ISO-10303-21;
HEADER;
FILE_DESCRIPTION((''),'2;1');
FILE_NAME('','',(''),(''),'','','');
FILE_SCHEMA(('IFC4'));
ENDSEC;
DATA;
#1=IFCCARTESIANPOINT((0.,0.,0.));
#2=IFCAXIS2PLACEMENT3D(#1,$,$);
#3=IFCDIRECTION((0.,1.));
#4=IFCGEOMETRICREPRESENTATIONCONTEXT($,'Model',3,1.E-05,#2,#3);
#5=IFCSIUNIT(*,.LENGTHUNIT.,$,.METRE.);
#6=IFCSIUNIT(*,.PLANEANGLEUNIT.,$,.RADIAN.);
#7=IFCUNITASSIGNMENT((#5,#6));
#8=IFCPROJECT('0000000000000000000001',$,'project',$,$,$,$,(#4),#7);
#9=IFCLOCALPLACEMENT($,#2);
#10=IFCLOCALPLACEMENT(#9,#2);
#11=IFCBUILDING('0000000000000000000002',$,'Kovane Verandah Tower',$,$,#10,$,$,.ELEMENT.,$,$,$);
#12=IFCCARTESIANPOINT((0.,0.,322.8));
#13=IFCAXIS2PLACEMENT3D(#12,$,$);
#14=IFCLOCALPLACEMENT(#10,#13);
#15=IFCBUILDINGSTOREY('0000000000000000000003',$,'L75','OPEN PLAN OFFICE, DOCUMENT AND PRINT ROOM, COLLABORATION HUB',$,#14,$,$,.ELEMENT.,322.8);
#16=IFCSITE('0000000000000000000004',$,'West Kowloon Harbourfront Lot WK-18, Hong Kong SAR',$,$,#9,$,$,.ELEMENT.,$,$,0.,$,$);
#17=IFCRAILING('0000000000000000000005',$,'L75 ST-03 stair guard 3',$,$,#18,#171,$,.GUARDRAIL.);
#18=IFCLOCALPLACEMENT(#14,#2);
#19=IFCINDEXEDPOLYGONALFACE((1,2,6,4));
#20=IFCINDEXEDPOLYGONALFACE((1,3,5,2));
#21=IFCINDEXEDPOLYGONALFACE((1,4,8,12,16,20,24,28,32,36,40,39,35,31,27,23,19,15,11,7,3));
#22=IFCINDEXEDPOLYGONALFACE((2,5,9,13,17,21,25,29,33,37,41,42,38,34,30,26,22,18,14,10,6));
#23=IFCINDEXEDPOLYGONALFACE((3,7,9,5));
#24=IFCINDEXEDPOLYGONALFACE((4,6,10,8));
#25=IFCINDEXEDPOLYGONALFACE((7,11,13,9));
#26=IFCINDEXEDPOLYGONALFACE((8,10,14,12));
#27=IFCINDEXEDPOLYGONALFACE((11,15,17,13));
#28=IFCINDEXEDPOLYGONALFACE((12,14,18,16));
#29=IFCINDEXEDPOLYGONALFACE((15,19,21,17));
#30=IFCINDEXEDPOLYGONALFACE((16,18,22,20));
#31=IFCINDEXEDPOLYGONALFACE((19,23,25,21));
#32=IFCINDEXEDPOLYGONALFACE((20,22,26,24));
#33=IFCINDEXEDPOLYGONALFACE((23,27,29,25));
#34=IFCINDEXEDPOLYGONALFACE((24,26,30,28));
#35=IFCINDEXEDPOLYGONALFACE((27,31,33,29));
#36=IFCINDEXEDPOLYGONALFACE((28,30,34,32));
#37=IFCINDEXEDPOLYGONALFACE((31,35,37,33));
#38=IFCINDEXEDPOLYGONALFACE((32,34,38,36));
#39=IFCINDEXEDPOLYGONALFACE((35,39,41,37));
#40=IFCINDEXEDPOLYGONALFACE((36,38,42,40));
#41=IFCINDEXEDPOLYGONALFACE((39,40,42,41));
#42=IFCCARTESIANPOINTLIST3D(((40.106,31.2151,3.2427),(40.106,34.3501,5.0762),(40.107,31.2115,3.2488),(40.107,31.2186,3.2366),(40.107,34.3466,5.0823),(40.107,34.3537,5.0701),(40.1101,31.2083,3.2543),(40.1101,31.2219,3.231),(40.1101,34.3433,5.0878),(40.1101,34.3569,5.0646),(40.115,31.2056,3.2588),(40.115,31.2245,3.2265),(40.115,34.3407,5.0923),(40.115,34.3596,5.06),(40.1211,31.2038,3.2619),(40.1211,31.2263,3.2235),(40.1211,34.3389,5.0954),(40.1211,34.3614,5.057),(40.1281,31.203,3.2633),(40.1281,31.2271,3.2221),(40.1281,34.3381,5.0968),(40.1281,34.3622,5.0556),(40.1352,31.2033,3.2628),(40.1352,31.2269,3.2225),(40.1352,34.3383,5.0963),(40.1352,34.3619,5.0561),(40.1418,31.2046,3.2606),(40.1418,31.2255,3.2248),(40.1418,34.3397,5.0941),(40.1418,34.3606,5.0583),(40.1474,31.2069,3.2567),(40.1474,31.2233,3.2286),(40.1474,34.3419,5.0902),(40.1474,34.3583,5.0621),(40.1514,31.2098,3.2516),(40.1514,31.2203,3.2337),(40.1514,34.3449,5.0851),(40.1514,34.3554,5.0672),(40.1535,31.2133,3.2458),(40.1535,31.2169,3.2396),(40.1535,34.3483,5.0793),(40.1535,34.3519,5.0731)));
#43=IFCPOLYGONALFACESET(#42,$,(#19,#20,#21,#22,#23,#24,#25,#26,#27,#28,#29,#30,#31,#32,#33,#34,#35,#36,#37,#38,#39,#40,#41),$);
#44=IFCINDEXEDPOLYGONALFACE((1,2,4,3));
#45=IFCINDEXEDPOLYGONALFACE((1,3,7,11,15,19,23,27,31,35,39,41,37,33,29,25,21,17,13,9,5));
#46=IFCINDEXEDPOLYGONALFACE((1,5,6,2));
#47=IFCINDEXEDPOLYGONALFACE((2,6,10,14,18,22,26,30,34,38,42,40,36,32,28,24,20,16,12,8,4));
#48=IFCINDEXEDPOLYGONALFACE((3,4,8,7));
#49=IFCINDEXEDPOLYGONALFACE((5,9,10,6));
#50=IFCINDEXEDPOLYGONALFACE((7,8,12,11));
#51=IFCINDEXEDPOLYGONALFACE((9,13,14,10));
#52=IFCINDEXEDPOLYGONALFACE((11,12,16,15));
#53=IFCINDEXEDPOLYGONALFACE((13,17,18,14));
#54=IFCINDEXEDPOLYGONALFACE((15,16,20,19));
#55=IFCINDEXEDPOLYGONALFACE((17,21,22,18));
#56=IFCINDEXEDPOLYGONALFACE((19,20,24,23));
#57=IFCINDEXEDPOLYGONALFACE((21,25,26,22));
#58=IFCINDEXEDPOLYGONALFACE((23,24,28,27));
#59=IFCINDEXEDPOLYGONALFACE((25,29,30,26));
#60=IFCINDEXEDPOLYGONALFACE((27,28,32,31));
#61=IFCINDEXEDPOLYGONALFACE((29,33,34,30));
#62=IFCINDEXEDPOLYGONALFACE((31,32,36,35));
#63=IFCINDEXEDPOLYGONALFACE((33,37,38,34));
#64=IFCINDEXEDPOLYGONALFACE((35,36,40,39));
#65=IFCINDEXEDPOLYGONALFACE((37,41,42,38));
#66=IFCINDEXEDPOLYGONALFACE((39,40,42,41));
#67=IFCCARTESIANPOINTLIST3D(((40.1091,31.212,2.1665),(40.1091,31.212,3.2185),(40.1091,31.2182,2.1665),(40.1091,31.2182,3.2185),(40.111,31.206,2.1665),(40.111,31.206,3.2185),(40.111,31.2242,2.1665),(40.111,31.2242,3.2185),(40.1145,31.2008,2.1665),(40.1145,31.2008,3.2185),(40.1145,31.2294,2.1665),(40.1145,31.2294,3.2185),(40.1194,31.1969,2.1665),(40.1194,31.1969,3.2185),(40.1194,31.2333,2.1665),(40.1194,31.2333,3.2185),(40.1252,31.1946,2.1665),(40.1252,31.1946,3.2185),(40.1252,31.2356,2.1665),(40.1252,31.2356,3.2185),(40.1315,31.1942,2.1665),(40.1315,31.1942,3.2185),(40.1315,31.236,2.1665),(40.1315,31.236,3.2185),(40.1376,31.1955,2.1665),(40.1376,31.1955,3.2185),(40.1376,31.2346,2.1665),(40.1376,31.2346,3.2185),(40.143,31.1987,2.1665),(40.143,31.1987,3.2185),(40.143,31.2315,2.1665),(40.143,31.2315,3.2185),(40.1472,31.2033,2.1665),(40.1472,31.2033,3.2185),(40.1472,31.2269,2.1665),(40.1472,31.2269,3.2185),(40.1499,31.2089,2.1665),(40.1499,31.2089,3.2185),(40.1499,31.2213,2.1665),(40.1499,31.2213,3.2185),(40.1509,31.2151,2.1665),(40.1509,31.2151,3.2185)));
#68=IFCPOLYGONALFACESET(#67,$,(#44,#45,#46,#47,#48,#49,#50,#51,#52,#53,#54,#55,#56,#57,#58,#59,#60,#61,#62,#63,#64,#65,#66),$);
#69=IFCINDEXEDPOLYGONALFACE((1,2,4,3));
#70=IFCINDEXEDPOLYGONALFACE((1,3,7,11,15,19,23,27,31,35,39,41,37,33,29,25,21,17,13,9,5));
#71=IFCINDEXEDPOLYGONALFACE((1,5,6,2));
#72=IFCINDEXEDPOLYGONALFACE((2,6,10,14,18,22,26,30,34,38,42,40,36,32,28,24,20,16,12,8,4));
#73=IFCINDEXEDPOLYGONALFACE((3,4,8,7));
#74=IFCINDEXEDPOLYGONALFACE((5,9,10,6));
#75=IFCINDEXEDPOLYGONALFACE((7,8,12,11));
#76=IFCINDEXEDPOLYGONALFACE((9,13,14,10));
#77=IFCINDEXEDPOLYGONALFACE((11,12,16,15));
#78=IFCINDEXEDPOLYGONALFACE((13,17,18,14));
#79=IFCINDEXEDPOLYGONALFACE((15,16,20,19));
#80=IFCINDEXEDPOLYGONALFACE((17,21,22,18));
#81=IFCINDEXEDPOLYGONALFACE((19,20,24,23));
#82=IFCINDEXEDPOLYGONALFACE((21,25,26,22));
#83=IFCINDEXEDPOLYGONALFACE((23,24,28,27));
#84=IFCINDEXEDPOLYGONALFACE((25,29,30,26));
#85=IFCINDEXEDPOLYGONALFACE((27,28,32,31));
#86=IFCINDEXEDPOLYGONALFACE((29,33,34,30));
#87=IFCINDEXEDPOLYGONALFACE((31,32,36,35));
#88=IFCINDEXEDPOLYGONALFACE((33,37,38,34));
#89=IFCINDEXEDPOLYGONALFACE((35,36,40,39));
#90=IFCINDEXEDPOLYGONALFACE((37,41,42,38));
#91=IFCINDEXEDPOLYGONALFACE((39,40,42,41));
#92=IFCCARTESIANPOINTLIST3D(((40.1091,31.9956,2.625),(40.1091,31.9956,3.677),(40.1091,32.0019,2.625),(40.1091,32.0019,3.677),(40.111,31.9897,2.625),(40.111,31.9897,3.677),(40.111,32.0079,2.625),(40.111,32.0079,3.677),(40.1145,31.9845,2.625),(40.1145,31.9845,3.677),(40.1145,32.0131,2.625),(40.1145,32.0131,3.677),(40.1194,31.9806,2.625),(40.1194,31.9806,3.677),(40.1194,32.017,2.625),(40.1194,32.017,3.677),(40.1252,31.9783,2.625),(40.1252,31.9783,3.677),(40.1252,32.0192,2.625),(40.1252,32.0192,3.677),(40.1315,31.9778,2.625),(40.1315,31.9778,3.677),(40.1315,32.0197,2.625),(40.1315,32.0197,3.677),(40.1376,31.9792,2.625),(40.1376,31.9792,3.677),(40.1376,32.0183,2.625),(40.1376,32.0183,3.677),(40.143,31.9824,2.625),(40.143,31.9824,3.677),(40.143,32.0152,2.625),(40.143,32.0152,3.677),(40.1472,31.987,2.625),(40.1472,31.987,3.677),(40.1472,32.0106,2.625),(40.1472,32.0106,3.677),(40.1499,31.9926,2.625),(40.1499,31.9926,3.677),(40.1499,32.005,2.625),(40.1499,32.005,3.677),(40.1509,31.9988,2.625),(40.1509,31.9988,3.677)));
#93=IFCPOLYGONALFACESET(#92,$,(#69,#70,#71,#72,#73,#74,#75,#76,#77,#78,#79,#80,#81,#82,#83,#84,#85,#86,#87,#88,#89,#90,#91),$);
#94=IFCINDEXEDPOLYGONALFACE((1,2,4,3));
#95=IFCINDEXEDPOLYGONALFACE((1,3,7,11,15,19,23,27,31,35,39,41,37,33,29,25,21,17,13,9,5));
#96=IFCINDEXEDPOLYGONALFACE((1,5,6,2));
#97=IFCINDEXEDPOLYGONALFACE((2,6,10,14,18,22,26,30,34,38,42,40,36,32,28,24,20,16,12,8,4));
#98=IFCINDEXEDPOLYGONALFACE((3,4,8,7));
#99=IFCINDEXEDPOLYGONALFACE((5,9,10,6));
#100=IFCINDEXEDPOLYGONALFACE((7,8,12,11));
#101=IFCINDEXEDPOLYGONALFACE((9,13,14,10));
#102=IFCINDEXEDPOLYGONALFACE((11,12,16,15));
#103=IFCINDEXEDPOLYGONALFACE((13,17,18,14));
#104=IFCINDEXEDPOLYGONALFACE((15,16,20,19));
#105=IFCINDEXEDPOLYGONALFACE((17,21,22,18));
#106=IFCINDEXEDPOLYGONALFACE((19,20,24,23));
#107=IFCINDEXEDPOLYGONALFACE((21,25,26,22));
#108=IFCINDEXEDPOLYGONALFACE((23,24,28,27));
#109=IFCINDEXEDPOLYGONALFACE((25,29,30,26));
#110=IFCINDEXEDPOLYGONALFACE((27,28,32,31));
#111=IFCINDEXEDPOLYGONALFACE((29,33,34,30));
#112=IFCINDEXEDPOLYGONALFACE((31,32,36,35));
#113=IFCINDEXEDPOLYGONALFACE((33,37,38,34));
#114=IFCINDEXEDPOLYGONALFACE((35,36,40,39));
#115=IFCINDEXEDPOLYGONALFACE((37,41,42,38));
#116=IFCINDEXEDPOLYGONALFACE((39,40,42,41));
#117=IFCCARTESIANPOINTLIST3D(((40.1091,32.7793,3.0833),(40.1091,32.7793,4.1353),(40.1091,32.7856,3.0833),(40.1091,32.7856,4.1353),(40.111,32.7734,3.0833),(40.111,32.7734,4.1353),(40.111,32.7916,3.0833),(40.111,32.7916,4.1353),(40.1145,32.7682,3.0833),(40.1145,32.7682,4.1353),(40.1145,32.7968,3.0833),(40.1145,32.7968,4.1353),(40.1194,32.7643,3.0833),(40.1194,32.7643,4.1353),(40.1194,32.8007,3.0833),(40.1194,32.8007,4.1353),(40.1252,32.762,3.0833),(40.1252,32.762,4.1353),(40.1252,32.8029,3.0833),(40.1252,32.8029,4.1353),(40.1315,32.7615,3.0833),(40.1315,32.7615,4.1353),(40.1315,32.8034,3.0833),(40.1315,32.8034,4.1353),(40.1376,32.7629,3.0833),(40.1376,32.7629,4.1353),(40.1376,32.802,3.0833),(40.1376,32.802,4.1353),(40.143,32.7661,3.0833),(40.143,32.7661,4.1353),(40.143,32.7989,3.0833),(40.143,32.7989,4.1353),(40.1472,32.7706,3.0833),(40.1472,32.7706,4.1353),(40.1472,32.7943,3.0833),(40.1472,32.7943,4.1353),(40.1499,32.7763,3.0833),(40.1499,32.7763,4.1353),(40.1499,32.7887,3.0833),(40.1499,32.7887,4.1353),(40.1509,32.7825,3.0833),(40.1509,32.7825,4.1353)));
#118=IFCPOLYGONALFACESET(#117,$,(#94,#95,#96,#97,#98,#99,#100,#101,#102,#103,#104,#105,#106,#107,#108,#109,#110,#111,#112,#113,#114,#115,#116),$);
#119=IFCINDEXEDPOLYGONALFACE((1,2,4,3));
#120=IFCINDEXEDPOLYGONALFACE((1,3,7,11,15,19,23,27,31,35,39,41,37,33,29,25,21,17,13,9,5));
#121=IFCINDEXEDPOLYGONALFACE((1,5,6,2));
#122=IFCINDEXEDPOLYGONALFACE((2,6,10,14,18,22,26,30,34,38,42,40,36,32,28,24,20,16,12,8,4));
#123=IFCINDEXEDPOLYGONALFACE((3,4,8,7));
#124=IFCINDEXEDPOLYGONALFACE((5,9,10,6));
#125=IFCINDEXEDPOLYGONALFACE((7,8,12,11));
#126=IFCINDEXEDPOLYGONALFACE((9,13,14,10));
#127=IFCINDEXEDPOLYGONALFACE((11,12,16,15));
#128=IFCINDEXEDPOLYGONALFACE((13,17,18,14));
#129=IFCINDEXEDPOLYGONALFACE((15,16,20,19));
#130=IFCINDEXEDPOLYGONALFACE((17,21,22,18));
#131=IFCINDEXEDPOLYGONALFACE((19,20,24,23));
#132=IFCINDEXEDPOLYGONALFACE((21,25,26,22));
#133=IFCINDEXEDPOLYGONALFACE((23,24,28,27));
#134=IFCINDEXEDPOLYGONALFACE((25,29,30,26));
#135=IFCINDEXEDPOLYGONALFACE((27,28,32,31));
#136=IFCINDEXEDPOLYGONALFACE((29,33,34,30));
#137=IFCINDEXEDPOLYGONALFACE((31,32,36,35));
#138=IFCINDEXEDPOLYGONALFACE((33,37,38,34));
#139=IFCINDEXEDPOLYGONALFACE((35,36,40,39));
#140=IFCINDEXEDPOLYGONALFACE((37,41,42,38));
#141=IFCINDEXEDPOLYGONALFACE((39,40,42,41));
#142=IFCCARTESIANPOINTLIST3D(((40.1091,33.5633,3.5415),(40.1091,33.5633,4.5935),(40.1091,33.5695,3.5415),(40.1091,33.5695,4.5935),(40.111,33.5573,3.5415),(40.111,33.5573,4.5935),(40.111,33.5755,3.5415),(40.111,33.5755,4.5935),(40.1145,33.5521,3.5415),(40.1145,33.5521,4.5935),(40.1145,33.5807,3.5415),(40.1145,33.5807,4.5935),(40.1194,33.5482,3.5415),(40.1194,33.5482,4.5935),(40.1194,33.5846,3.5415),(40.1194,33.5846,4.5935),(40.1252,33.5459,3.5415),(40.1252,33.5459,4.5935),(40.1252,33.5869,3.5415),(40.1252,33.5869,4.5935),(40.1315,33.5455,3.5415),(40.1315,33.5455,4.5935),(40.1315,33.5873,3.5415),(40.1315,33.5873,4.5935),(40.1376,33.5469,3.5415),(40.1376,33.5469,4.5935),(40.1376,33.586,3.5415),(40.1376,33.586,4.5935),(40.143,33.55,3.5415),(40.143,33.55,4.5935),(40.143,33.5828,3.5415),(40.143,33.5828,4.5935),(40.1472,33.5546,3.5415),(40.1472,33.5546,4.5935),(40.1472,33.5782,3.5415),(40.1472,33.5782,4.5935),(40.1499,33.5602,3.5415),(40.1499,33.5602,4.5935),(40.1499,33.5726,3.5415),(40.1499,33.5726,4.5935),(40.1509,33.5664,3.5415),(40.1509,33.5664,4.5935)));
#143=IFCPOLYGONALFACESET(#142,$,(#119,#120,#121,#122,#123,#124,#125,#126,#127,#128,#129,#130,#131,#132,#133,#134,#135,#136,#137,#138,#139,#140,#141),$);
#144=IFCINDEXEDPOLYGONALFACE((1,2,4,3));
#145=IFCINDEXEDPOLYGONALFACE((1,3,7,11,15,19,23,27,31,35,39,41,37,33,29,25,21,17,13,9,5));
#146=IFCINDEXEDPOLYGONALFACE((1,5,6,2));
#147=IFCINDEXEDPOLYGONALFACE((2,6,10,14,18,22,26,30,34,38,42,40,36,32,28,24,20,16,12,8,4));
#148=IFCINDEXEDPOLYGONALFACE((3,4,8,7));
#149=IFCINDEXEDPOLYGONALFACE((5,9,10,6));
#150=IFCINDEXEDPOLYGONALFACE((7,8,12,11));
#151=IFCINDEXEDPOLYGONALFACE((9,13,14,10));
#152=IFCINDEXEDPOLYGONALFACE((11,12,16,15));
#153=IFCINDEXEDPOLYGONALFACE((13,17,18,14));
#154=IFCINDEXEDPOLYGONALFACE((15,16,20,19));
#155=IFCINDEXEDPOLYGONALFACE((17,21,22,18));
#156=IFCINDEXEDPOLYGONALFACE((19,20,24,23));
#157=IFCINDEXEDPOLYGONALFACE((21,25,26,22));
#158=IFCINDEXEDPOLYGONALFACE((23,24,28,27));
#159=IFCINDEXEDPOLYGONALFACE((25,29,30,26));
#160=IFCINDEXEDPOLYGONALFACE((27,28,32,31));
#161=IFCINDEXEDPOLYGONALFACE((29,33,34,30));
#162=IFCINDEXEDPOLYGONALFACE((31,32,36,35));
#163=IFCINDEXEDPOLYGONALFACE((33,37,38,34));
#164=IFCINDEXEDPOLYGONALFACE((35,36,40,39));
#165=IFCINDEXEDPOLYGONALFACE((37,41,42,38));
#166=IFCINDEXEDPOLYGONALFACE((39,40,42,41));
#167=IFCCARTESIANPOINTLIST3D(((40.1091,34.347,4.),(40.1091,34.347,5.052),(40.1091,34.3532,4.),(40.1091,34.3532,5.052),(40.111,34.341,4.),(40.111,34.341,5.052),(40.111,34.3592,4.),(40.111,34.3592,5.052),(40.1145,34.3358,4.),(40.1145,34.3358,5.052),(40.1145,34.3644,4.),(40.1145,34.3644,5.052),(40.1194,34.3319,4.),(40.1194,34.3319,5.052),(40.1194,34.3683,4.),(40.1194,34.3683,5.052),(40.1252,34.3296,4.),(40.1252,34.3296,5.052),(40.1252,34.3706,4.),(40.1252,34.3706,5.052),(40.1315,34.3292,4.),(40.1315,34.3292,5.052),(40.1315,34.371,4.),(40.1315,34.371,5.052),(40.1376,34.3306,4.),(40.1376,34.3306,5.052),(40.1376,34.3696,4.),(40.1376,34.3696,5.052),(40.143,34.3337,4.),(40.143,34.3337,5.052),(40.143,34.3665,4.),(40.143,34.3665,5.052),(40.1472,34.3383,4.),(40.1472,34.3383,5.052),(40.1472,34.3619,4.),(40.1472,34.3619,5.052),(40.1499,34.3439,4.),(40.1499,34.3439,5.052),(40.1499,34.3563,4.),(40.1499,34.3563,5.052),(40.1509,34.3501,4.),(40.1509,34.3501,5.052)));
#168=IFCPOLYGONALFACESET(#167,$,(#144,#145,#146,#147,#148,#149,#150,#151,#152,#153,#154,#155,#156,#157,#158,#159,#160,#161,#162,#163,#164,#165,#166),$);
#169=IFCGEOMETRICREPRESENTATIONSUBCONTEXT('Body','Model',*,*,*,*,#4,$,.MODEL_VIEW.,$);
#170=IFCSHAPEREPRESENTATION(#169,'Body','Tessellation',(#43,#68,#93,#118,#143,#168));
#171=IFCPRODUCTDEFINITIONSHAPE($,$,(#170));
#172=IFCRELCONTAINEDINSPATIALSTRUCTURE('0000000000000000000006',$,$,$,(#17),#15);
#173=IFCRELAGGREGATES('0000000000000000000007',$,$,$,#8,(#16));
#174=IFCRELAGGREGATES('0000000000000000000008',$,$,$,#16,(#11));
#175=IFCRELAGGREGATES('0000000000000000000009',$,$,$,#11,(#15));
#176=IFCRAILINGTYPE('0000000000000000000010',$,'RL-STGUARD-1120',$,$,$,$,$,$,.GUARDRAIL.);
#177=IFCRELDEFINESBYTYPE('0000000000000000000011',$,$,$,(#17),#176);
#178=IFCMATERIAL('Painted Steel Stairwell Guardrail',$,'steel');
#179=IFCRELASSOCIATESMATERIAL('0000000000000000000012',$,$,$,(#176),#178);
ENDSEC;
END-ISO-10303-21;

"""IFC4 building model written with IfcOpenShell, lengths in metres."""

from ifc_helpers import new_model, si_unit, direction, frame, origin, origin_2d, place, context, subcontext, project, spatial, circle, extrude, material, type_object, element, save


model = new_model("IFC4")

# Units and contexts
model_context = context("Model", 3, precision=1e-05, world=origin(), true_north=direction((0.0, 1.0)))
body_context = subcontext(model_context, "Body", "Model", "MODEL_VIEW")
ifc_project = project(units=[si_unit("LENGTHUNIT", "METRE"), si_unit("PLANEANGLEUNIT", "RADIAN")], contexts=[model_context])

# Site, building, storey
site_placement = place(None, origin())
site = spatial("IfcSite", under=ifc_project, at=site_placement, Name="West Kowloon Harbourfront Lot WK-18, Hong Kong SAR", CompositionType="ELEMENT", RefElevation=0.0)
building_placement = place(site_placement, origin())
building = spatial("IfcBuilding", under=site, at=building_placement, Name="Kovane Verandah Tower", CompositionType="ELEMENT")
storey_placement = place(building_placement, frame((0.0, 0.0, 322.8)))
storey = spatial("IfcBuildingStorey", under=building, at=storey_placement, Name="L75", Description="OPEN PLAN OFFICE, DOCUMENT AND PRINT ROOM, COLLABORATION HUB", CompositionType="ELEMENT", Elevation=322.8)

# Railing
ifc_material_1 = material(Name="Painted Steel Stairwell Guardrail", Category="steel")
railing_type_1 = type_object("IfcRailingType", Name="RL-STGUARD-1120", PredefinedType="GUARDRAIL", material=ifc_material_1)
railing_1_placement = place(storey_placement, frame((40.1299, 31.2151, 2.1665)))
element("IfcRailing", 1, at=railing_1_placement, inside=storey, type_object=railing_type_1, Name="L75 ST-03 stair guard 3", PredefinedType="GUARDRAIL", context=body_context, shape_type="SweptSolid", body=[
    extrude(circle(Radius=0.0239, at=origin_2d()), frame((0.0, 0.0, 1.0762), z_axis=(0.0, 0.86321, 0.504845), x_axis=(-1.0, 0.0, 0.0)), (0.0, 0.0, 1.0), 3.6318),
    extrude(circle(Radius=0.021, at=origin_2d()), origin(), (0.0, 0.0, 1.0), 1.052),
    extrude(circle(Radius=0.021, at=origin_2d()), frame((0.0, 0.7837, 0.4585)), (0.0, 0.0, 1.0), 1.052),
    extrude(circle(Radius=0.021, at=origin_2d()), frame((0.0, 1.5674, 0.9167)), (0.0, 0.0, 1.0), 1.052),
    extrude(circle(Radius=0.021, at=origin_2d()), frame((0.0, 2.3513, 1.375)), (0.0, 0.0, 1.0), 1.052),
    extrude(circle(Radius=0.021, at=origin_2d()), frame((0.0, 3.135, 1.8335)), (0.0, 0.0, 1.0), 1.052),
])

save(model, "model.ifc")
